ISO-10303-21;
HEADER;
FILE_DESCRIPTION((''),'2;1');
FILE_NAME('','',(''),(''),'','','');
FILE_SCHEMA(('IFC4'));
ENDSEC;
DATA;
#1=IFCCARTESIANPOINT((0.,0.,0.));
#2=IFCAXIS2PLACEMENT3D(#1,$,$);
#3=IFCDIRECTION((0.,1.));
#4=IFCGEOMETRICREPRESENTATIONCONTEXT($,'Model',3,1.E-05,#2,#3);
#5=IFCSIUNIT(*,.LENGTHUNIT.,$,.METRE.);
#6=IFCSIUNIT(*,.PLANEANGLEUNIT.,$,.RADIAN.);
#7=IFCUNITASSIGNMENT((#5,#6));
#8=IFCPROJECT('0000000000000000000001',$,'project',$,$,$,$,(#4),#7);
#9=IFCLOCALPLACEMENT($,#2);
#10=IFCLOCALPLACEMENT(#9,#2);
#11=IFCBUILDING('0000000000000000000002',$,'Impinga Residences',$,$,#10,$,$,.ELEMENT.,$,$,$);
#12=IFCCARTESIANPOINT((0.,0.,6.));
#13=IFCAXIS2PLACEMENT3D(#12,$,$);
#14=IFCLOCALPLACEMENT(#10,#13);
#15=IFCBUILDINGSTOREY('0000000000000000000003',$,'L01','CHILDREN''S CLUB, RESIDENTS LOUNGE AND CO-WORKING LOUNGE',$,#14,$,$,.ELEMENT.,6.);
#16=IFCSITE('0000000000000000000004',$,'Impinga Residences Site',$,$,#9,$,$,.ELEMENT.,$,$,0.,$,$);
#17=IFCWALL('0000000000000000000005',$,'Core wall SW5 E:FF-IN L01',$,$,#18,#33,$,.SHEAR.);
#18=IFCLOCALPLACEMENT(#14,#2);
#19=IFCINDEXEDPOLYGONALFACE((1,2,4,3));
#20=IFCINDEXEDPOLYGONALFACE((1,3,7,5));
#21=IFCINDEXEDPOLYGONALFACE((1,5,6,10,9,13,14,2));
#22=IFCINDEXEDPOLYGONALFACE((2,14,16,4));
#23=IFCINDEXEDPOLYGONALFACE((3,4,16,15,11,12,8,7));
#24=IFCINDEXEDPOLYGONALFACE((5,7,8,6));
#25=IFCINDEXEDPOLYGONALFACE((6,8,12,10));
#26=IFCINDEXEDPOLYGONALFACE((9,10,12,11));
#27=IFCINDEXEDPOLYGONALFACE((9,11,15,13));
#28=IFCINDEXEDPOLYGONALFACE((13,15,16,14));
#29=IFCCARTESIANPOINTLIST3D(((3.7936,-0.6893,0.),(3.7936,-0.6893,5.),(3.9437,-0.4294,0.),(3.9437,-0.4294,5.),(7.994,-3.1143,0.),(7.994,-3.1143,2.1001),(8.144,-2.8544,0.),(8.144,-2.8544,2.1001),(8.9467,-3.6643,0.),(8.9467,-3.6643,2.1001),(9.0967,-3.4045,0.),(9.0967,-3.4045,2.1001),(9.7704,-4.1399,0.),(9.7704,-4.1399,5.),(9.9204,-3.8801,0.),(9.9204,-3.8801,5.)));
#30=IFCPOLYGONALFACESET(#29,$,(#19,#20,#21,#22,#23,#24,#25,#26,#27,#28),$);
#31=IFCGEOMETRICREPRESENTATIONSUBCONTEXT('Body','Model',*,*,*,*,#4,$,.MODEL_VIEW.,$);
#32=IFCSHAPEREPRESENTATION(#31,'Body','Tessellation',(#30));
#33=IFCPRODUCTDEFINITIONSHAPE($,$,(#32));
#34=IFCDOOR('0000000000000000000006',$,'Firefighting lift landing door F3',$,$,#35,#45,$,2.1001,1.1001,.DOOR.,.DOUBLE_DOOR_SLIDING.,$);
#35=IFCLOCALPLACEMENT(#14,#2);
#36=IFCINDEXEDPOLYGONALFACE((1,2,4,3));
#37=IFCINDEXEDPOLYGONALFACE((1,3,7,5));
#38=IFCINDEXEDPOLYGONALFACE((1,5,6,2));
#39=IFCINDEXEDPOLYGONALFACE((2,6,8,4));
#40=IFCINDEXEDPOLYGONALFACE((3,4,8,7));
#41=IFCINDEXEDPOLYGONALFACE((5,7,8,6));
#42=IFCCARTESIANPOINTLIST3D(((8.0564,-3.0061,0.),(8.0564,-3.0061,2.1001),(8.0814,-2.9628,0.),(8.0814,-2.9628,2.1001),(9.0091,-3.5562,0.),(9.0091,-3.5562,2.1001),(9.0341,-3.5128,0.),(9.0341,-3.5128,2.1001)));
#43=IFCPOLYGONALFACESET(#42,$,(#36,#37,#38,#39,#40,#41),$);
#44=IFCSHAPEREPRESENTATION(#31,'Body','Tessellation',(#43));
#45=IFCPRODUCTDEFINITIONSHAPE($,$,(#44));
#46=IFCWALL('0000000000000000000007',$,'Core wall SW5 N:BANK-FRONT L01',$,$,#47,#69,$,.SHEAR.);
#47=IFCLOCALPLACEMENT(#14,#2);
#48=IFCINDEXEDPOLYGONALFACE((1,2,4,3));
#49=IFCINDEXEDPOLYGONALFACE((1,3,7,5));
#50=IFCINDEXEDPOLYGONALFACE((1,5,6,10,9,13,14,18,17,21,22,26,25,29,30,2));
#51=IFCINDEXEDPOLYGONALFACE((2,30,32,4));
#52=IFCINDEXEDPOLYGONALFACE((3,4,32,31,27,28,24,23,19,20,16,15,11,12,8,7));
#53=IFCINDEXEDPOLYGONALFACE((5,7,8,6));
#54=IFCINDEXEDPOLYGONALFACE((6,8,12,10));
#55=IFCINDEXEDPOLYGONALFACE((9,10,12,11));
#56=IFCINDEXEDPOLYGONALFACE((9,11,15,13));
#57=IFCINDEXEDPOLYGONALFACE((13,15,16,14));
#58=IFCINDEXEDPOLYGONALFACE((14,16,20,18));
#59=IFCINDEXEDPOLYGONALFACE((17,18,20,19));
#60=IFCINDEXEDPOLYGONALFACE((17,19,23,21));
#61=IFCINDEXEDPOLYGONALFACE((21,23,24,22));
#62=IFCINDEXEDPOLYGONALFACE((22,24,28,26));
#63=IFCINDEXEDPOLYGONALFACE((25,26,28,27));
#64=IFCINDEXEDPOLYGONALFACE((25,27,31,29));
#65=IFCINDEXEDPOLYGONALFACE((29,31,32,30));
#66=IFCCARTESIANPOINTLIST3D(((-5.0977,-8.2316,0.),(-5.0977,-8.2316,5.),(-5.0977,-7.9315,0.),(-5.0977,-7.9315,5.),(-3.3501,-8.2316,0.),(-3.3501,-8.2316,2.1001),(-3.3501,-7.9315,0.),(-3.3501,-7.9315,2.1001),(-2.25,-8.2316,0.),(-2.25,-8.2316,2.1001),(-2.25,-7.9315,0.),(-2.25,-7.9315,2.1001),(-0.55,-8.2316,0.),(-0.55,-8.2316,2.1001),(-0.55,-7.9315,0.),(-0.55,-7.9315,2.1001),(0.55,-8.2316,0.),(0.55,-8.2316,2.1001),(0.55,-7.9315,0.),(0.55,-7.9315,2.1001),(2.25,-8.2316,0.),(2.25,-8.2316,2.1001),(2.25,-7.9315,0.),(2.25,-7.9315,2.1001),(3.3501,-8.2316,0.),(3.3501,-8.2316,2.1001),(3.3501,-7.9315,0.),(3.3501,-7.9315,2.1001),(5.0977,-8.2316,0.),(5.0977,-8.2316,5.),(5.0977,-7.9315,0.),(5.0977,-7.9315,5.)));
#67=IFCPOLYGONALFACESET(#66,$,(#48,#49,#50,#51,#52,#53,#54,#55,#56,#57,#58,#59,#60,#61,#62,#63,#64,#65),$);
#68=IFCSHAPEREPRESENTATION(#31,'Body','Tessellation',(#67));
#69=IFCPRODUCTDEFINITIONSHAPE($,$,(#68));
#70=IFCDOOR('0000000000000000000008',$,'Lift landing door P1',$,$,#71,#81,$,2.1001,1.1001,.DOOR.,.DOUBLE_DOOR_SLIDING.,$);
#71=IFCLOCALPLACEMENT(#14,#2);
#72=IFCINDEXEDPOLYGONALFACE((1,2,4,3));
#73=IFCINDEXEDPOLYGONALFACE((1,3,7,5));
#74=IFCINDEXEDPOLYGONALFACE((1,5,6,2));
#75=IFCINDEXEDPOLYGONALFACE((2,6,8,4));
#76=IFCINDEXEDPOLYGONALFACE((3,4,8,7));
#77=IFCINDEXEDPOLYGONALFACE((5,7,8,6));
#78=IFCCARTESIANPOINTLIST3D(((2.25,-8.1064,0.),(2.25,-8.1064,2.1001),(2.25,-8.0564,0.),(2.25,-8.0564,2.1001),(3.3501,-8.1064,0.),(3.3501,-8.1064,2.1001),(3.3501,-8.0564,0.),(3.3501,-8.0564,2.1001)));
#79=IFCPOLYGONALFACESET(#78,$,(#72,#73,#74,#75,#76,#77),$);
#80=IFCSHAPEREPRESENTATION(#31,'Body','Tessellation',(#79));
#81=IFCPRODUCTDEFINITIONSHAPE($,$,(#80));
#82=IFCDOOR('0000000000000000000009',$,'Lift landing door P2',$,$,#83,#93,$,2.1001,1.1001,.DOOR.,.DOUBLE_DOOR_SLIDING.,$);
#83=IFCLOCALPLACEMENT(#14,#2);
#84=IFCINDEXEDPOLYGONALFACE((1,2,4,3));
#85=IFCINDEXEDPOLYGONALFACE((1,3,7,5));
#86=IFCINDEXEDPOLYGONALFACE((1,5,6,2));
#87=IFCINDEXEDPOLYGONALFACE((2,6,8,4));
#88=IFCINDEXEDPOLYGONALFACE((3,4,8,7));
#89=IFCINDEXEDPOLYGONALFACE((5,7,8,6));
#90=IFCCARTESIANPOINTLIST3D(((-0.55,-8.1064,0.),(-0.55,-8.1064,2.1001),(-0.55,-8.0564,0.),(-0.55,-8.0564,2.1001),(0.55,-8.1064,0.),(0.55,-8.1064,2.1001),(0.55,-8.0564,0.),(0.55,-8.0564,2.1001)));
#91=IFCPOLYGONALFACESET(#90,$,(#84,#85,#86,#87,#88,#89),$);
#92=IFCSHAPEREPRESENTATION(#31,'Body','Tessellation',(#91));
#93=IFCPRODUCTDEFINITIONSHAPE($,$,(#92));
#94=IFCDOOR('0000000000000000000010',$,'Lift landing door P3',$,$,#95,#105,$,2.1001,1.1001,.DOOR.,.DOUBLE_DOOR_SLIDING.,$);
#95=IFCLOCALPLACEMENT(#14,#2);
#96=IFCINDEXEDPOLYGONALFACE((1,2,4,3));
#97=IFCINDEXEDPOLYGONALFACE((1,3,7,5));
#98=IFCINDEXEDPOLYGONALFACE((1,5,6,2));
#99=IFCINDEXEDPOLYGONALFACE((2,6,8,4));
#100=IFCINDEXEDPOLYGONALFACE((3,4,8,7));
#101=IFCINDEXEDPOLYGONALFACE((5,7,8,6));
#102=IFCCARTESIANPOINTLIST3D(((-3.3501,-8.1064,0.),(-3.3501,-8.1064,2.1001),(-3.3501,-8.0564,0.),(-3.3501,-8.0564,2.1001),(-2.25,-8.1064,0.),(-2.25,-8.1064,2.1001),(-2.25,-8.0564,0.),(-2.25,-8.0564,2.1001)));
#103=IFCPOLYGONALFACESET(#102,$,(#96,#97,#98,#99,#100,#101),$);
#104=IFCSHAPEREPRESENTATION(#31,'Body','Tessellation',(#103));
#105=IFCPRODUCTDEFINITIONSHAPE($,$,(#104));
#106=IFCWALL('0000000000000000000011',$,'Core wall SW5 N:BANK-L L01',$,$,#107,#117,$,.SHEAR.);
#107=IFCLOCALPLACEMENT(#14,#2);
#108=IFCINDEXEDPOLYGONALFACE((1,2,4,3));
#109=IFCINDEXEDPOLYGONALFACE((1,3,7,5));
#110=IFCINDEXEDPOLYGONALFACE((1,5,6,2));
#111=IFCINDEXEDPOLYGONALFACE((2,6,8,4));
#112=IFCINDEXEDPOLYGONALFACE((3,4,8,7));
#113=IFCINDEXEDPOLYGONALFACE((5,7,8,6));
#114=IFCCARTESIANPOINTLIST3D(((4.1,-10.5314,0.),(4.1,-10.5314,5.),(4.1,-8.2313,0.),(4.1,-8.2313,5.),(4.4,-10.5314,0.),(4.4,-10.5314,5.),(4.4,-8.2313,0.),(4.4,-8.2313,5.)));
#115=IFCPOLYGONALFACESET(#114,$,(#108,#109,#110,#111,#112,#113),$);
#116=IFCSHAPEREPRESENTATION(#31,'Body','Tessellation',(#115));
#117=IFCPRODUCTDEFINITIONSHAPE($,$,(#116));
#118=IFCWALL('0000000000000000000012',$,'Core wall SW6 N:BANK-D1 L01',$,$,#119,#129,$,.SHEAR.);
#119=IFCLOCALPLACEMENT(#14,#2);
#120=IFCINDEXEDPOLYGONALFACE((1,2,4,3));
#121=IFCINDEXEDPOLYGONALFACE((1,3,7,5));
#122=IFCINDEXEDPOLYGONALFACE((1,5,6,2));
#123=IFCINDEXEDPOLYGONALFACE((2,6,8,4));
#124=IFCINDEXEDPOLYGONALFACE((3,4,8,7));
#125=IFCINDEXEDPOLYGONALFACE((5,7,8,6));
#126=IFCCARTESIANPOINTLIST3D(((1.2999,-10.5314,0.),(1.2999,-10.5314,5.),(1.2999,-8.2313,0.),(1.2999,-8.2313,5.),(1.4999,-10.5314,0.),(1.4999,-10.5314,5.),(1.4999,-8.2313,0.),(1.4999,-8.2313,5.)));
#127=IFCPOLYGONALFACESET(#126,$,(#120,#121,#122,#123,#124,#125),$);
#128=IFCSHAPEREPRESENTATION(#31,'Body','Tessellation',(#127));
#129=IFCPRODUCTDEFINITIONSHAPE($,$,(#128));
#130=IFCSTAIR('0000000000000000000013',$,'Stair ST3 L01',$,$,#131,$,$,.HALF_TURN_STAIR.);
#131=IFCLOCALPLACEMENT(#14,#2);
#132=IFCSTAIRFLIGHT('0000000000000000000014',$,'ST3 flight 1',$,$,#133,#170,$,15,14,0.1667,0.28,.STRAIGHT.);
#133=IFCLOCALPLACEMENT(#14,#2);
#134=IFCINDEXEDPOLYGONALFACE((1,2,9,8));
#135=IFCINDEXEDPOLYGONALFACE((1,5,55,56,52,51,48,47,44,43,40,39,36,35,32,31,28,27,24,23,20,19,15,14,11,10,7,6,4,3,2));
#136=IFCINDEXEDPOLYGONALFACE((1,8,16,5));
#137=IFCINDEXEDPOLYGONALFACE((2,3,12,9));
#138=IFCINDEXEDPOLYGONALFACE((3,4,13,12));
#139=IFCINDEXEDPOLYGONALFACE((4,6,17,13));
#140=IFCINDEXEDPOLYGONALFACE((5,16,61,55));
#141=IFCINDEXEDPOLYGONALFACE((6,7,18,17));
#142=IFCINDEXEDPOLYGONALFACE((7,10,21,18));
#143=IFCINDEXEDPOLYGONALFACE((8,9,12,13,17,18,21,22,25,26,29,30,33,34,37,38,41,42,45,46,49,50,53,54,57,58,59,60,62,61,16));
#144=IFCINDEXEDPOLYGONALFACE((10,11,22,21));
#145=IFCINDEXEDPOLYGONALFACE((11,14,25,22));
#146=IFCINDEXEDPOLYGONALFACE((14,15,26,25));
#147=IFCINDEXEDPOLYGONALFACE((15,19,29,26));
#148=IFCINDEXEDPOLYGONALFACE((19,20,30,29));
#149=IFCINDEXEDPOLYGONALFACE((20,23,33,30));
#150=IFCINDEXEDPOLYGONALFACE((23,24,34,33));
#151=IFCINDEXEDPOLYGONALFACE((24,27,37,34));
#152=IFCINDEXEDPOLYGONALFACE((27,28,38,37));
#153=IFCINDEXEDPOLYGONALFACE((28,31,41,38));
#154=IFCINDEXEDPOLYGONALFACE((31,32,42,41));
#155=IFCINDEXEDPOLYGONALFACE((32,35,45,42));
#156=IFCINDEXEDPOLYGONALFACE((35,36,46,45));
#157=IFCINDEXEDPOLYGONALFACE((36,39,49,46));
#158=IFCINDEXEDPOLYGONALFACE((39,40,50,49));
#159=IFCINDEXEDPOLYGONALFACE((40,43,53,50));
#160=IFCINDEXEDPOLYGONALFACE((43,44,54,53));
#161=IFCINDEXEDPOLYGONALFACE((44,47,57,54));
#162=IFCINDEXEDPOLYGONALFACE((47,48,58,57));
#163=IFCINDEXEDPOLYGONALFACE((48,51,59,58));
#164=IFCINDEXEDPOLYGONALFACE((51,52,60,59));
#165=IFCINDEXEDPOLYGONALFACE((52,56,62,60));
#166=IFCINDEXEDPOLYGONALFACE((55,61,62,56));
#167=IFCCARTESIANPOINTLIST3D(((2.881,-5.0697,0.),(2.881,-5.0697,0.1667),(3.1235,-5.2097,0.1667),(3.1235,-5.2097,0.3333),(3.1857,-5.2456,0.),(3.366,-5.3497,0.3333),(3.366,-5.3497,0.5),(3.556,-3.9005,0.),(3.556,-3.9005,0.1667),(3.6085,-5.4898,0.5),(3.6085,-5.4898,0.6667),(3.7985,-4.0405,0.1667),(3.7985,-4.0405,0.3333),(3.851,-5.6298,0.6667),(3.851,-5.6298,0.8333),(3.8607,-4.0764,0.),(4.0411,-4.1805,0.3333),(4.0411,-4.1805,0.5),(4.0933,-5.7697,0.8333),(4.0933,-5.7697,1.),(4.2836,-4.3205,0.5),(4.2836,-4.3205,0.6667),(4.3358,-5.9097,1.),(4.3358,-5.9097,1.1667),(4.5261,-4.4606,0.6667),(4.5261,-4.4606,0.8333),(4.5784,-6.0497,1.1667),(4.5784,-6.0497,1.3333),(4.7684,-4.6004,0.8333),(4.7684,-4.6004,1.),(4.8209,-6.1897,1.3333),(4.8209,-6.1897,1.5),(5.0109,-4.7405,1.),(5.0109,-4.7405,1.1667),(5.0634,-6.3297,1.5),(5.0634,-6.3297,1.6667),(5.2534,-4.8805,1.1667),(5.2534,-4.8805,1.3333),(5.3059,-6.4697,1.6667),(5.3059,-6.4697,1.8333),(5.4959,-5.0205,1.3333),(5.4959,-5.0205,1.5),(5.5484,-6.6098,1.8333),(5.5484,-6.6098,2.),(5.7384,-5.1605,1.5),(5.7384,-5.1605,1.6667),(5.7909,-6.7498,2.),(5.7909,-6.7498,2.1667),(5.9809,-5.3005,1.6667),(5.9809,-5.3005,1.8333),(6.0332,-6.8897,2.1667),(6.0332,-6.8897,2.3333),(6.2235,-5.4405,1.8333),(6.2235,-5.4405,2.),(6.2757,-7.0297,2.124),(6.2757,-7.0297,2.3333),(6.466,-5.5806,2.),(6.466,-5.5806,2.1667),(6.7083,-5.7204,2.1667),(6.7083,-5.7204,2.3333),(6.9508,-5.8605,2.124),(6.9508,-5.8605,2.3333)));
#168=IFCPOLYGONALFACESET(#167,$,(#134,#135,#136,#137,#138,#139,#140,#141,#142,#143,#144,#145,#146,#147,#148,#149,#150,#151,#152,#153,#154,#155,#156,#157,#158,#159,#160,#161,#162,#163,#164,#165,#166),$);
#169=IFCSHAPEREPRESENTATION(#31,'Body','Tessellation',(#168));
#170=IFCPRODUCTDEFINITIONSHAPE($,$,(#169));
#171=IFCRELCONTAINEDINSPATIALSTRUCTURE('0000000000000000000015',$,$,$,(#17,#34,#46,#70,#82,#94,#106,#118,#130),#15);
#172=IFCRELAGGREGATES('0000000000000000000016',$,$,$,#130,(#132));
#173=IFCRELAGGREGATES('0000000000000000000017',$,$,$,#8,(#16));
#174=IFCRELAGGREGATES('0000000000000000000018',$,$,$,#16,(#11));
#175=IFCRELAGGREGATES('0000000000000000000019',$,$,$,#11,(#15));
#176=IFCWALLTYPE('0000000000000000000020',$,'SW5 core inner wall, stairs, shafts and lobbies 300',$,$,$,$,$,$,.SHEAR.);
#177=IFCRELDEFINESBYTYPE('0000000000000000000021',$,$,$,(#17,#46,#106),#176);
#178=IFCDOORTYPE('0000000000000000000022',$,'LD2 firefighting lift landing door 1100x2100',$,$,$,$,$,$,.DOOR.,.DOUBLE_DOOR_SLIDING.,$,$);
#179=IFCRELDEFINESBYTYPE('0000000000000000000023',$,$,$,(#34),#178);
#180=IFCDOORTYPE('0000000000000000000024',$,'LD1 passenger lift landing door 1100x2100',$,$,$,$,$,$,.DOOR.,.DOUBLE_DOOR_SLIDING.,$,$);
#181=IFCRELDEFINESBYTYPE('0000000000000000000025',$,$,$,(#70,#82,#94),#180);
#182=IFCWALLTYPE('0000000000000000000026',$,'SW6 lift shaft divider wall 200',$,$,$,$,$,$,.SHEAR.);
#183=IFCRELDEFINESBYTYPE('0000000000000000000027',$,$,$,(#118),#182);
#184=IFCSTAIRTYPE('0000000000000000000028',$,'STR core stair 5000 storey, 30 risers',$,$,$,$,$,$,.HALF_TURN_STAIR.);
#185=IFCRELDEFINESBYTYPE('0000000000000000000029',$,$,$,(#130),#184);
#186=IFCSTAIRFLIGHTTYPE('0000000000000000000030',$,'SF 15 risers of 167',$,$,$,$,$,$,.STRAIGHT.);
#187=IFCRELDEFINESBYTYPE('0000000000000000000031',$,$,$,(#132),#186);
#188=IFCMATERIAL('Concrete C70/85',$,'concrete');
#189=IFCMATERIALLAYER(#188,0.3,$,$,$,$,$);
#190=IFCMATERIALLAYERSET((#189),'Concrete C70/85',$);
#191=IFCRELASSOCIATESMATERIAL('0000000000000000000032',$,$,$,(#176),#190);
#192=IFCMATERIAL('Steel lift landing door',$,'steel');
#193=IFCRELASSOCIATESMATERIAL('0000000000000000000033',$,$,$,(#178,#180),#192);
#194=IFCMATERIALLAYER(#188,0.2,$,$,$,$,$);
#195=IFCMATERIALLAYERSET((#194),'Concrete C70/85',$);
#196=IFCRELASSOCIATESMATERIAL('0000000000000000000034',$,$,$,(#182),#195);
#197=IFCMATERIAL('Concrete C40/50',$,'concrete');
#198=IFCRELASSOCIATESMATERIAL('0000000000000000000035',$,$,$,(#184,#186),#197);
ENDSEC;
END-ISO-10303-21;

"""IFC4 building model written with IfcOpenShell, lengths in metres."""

from ifc_helpers import new_model, si_unit, direction, frame, frame_2d, origin, place, context, subcontext, project, spatial, polyline, rectangle, outline, extrude, material, layer, layer_set, type_object, element, fill, aggregate, save


model = new_model("IFC4")

# Units and contexts
model_context = context("Model", 3, precision=1e-05, world=origin(), true_north=direction((0.0, 1.0)))
body_context = subcontext(model_context, "Body", "Model", "MODEL_VIEW")
ifc_project = project(units=[si_unit("LENGTHUNIT", "METRE"), si_unit("PLANEANGLEUNIT", "RADIAN")], contexts=[model_context])

# Site, building, storey
site_placement = place(None, origin())
site = spatial("IfcSite", under=ifc_project, at=site_placement, Name="Impinga Residences Site", CompositionType="ELEMENT", RefElevation=0.0)
building_placement = place(site_placement, origin())
building = spatial("IfcBuilding", under=site, at=building_placement, Name="Impinga Residences", CompositionType="ELEMENT")
storey_placement = place(building_placement, frame((0.0, 0.0, 6.0)))
storey = spatial("IfcBuildingStorey", under=building, at=storey_placement, Name="L01", Description="CHILDREN'S CLUB, RESIDENTS LOUNGE AND CO-WORKING LOUNGE", CompositionType="ELEMENT", Elevation=6.0)

# Shared definitions
ifc_material_1 = material(Name="Concrete C70/85", Category="concrete")

# Shared definitions
ifc_material_2 = material(Name="Concrete C40/50", Category="concrete")

# Shared definitions
ifc_layer_1 = layer(ifc_material_1, 0.3)
ifc_layer_set_1 = layer_set([ifc_layer_1], Name="Concrete C70/85")
wall_type_1 = type_object("IfcWallType", Name="SW5 core inner wall, stairs, shafts and lobbies 300", PredefinedType="SHEAR", material=ifc_layer_set_1)

# Wall, opening, door
wall_1_placement = place(storey_placement, frame((3.8687, -0.5593, 0.0), z_axis=(0.0, 0.0, 1.0), x_axis=(0.866027, -0.499997, 0.0)))
wall_1 = element("IfcWall", 1, at=wall_1_placement, inside=storey, type_object=wall_type_1, Name="Core wall SW5 E:FF-IN L01", PredefinedType="SHEAR", context=body_context, shape_type="SweptSolid", body=[
    extrude(rectangle(XDim=6.9014, YDim=0.3, at=frame_2d((3.4507, 0.0))), origin(), (0.0, 0.0, 1.0), 5.0),
])
opening_1_placement = place(wall_1_placement, frame((4.8501, 0.0, 0.0)))
opening_1 = element("IfcOpeningElement", 2, at=opening_1_placement, cuts=wall_1, PredefinedType="OPENING", context=body_context, shape_type="SweptSolid", body=[
    extrude(rectangle(XDim=1.1001, YDim=2.1001, at=frame_2d((0.55, 1.05))), frame((0.0, 0.1599, 0.0), z_axis=(0.0, -1.0, 0.0), x_axis=(1.0, 0.0, 0.0)), (0.0, 0.0, 1.0), 0.3201),
])
ifc_material_3 = material(Name="Steel lift landing door", Category="steel")
door_type_1 = type_object("IfcDoorType", Name="LD2 firefighting lift landing door 1100x2100", OperationType="DOUBLE_DOOR_SLIDING", PredefinedType="DOOR", material=ifc_material_3)
door_1_placement = place(opening_1_placement, origin())
door_1 = element("IfcDoor", 3, at=door_1_placement, inside=storey, type_object=door_type_1, Name="Firefighting lift landing door F3", OperationType="DOUBLE_DOOR_SLIDING", OverallHeight=2.1001, OverallWidth=1.1001, PredefinedType="DOOR", context=body_context, shape_type="SweptSolid", body=[
    extrude(rectangle(XDim=1.1001, YDim=2.1001, at=frame_2d((0.55, 1.05))), frame((0.0, 0.0249, 0.0), z_axis=(0.0, -1.0, 0.0), x_axis=(1.0, 0.0, 0.0)), (0.0, 0.0, 1.0), 0.05),
])
fill(opening_1, door_1)

# Wall, openings, doors
wall_2_placement = place(storey_placement, frame((5.0977, -8.0815, 0.0), z_axis=(0.0, 0.0, 1.0), x_axis=(-1.0, 0.0, 0.0)))
wall_2 = element("IfcWall", 4, at=wall_2_placement, inside=storey, type_object=wall_type_1, Name="Core wall SW5 N:BANK-FRONT L01", PredefinedType="SHEAR", context=body_context, shape_type="SweptSolid", body=[
    extrude(rectangle(XDim=10.1953, YDim=0.3, at=frame_2d((5.0977, 0.0))), origin(), (0.0, 0.0, 1.0), 5.0),
])
opening_2_placement = place(wall_2_placement, frame((1.7476, 0.0, 0.0)))
opening_2 = element("IfcOpeningElement", 5, at=opening_2_placement, cuts=wall_2, PredefinedType="OPENING", context=body_context, shape_type="SweptSolid", body=[
    extrude(rectangle(XDim=1.1001, YDim=2.1001, at=frame_2d((0.55, 1.05))), frame((0.0, 0.1599, 0.0), z_axis=(0.0, -1.0, 0.0), x_axis=(1.0, 0.0, 0.0)), (0.0, 0.0, 1.0), 0.3201),
])
opening_3_placement = place(wall_2_placement, frame((4.5476, 0.0, 0.0)))
opening_3 = element("IfcOpeningElement", 6, at=opening_3_placement, cuts=wall_2, PredefinedType="OPENING", context=body_context, shape_type="SweptSolid", body=[
    extrude(rectangle(XDim=1.1001, YDim=2.1001, at=frame_2d((0.55, 1.05))), frame((0.0, 0.1599, 0.0), z_axis=(0.0, -1.0, 0.0), x_axis=(1.0, 0.0, 0.0)), (0.0, 0.0, 1.0), 0.3201),
])
opening_4_placement = place(wall_2_placement, frame((7.3477, 0.0, 0.0)))
opening_4 = element("IfcOpeningElement", 7, at=opening_4_placement, cuts=wall_2, PredefinedType="OPENING", context=body_context, shape_type="SweptSolid", body=[
    extrude(rectangle(XDim=1.1001, YDim=2.1001, at=frame_2d((0.55, 1.05))), frame((0.0, 0.1599, 0.0), z_axis=(0.0, -1.0, 0.0), x_axis=(1.0, 0.0, 0.0)), (0.0, 0.0, 1.0), 0.3201),
])
door_type_2 = type_object("IfcDoorType", Name="LD1 passenger lift landing door 1100x2100", OperationType="DOUBLE_DOOR_SLIDING", PredefinedType="DOOR", material=ifc_material_3)
door_2_placement = place(opening_2_placement, origin())
door_2 = element("IfcDoor", 8, at=door_2_placement, inside=storey, type_object=door_type_2, Name="Lift landing door P1", OperationType="DOUBLE_DOOR_SLIDING", OverallHeight=2.1001, OverallWidth=1.1001, PredefinedType="DOOR", context=body_context, shape_type="SweptSolid", body=[
    extrude(rectangle(XDim=1.1001, YDim=2.1001, at=frame_2d((0.55, 1.05))), frame((0.0, 0.0249, 0.0), z_axis=(0.0, -1.0, 0.0), x_axis=(1.0, 0.0, 0.0)), (0.0, 0.0, 1.0), 0.05),
])
fill(opening_2, door_2)
door_3_placement = place(opening_3_placement, origin())
door_3 = element("IfcDoor", 9, at=door_3_placement, inside=storey, type_object=door_type_2, Name="Lift landing door P2", OperationType="DOUBLE_DOOR_SLIDING", OverallHeight=2.1001, OverallWidth=1.1001, PredefinedType="DOOR", context=body_context, shape_type="SweptSolid", body=[
    extrude(rectangle(XDim=1.1001, YDim=2.1001, at=frame_2d((0.55, 1.05))), frame((0.0, 0.0249, 0.0), z_axis=(0.0, -1.0, 0.0), x_axis=(1.0, 0.0, 0.0)), (0.0, 0.0, 1.0), 0.05),
])
fill(opening_3, door_3)
door_4_placement = place(opening_4_placement, origin())
door_4 = element("IfcDoor", 10, at=door_4_placement, inside=storey, type_object=door_type_2, Name="Lift landing door P3", OperationType="DOUBLE_DOOR_SLIDING", OverallHeight=2.1001, OverallWidth=1.1001, PredefinedType="DOOR", context=body_context, shape_type="SweptSolid", body=[
    extrude(rectangle(XDim=1.1001, YDim=2.1001, at=frame_2d((0.55, 1.05))), frame((0.0, 0.0249, 0.0), z_axis=(0.0, -1.0, 0.0), x_axis=(1.0, 0.0, 0.0)), (0.0, 0.0, 1.0), 0.05),
])
fill(opening_4, door_4)

# Walls
wall_3_placement = place(storey_placement, frame((4.25, -8.2314, 0.0), z_axis=(0.0, 0.0, 1.0), x_axis=(0.0, -1.0, 0.0)))
element("IfcWall", 11, at=wall_3_placement, inside=storey, type_object=wall_type_1, Name="Core wall SW5 N:BANK-L L01", PredefinedType="SHEAR", context=body_context, shape_type="SweptSolid", body=[
    extrude(rectangle(XDim=2.3, YDim=0.3, at=frame_2d((1.1499, 0.0))), origin(), (0.0, 0.0, 1.0), 5.0),
])
ifc_layer_2 = layer(ifc_material_1, 0.2)
ifc_layer_set_2 = layer_set([ifc_layer_2], Name="Concrete C70/85")
wall_type_2 = type_object("IfcWallType", Name="SW6 lift shaft divider wall 200", PredefinedType="SHEAR", material=ifc_layer_set_2)
wall_4_placement = place(storey_placement, frame((1.3999, -8.2314, 0.0), z_axis=(0.0, 0.0, 1.0), x_axis=(0.0, -1.0, 0.0)))
element("IfcWall", 12, at=wall_4_placement, inside=storey, type_object=wall_type_2, Name="Core wall SW6 N:BANK-D1 L01", PredefinedType="SHEAR", context=body_context, shape_type="SweptSolid", body=[
    extrude(rectangle(XDim=2.3, YDim=0.2, at=frame_2d((1.1499, 0.0))), origin(), (0.0, 0.0, 1.0), 5.0),
])

# Stair, stair flight
stair_type_1 = type_object("IfcStairType", Name="STR core stair 5000 storey, 30 risers", PredefinedType="HALF_TURN_STAIR", material=ifc_material_2)
stair_1_placement = place(storey_placement, origin())
stair_1 = element("IfcStair", 13, at=stair_1_placement, inside=storey, type_object=stair_type_1, Name="Stair ST3 L01", PredefinedType="HALF_TURN_STAIR")
stair_flight_type = type_object("IfcStairFlightType", Name="SF 15 risers of 167", PredefinedType="STRAIGHT", material=ifc_material_2)
stair_flight_1_placement = place(storey_placement, frame((3.2185, -4.4851, 0.0), z_axis=(0.0, 0.0, 1.0), x_axis=(0.866025, -0.5, 0.0)))
stair_flight_1 = element("IfcStairFlight", 14, at=stair_flight_1_placement, type_object=stair_flight_type, Name="ST3 flight 1", NumberOfRisers=15, NumberOfTreads=14, PredefinedType="STRAIGHT", RiserHeight=0.1667, TreadLength=0.28, context=body_context, shape_type="SweptSolid", body=[
    extrude(outline(polyline([(0.0, 0.0), (0.0, 0.1667), (0.28, 0.1667), (0.28, 0.3333), (0.5601, 0.3333), (0.5601, 0.5), (0.8401, 0.5), (0.8401, 0.6667), (1.1201, 0.6667), (1.1201, 0.8333), (1.3999, 0.8333), (1.3999, 1.0), (1.6799, 1.0), (1.6799, 1.1667), (1.96, 1.1667), (1.96, 1.3333), (2.24, 1.3333), (2.24, 1.5), (2.52, 1.5), (2.52, 1.6667), (2.8, 1.6667), (2.8, 1.8333), (3.0801, 1.8333), (3.0801, 2.0), (3.3601, 2.0), (3.3601, 2.1667), (3.6399, 2.1667), (3.6399, 2.3333), (3.9199, 2.3333), (3.9199, 2.5), (3.9199, 2.124), (0.3518, 0.0), (0.0, 0.0)])), frame((0.0, 0.675, 0.0), z_axis=(0.0, -1.0, 0.0), x_axis=(1.0, 0.0, 0.0)), (0.0, 0.0, 1.0), 1.3501),
])
aggregate(stair_1, [stair_flight_1])

save(model, "model.ifc")
